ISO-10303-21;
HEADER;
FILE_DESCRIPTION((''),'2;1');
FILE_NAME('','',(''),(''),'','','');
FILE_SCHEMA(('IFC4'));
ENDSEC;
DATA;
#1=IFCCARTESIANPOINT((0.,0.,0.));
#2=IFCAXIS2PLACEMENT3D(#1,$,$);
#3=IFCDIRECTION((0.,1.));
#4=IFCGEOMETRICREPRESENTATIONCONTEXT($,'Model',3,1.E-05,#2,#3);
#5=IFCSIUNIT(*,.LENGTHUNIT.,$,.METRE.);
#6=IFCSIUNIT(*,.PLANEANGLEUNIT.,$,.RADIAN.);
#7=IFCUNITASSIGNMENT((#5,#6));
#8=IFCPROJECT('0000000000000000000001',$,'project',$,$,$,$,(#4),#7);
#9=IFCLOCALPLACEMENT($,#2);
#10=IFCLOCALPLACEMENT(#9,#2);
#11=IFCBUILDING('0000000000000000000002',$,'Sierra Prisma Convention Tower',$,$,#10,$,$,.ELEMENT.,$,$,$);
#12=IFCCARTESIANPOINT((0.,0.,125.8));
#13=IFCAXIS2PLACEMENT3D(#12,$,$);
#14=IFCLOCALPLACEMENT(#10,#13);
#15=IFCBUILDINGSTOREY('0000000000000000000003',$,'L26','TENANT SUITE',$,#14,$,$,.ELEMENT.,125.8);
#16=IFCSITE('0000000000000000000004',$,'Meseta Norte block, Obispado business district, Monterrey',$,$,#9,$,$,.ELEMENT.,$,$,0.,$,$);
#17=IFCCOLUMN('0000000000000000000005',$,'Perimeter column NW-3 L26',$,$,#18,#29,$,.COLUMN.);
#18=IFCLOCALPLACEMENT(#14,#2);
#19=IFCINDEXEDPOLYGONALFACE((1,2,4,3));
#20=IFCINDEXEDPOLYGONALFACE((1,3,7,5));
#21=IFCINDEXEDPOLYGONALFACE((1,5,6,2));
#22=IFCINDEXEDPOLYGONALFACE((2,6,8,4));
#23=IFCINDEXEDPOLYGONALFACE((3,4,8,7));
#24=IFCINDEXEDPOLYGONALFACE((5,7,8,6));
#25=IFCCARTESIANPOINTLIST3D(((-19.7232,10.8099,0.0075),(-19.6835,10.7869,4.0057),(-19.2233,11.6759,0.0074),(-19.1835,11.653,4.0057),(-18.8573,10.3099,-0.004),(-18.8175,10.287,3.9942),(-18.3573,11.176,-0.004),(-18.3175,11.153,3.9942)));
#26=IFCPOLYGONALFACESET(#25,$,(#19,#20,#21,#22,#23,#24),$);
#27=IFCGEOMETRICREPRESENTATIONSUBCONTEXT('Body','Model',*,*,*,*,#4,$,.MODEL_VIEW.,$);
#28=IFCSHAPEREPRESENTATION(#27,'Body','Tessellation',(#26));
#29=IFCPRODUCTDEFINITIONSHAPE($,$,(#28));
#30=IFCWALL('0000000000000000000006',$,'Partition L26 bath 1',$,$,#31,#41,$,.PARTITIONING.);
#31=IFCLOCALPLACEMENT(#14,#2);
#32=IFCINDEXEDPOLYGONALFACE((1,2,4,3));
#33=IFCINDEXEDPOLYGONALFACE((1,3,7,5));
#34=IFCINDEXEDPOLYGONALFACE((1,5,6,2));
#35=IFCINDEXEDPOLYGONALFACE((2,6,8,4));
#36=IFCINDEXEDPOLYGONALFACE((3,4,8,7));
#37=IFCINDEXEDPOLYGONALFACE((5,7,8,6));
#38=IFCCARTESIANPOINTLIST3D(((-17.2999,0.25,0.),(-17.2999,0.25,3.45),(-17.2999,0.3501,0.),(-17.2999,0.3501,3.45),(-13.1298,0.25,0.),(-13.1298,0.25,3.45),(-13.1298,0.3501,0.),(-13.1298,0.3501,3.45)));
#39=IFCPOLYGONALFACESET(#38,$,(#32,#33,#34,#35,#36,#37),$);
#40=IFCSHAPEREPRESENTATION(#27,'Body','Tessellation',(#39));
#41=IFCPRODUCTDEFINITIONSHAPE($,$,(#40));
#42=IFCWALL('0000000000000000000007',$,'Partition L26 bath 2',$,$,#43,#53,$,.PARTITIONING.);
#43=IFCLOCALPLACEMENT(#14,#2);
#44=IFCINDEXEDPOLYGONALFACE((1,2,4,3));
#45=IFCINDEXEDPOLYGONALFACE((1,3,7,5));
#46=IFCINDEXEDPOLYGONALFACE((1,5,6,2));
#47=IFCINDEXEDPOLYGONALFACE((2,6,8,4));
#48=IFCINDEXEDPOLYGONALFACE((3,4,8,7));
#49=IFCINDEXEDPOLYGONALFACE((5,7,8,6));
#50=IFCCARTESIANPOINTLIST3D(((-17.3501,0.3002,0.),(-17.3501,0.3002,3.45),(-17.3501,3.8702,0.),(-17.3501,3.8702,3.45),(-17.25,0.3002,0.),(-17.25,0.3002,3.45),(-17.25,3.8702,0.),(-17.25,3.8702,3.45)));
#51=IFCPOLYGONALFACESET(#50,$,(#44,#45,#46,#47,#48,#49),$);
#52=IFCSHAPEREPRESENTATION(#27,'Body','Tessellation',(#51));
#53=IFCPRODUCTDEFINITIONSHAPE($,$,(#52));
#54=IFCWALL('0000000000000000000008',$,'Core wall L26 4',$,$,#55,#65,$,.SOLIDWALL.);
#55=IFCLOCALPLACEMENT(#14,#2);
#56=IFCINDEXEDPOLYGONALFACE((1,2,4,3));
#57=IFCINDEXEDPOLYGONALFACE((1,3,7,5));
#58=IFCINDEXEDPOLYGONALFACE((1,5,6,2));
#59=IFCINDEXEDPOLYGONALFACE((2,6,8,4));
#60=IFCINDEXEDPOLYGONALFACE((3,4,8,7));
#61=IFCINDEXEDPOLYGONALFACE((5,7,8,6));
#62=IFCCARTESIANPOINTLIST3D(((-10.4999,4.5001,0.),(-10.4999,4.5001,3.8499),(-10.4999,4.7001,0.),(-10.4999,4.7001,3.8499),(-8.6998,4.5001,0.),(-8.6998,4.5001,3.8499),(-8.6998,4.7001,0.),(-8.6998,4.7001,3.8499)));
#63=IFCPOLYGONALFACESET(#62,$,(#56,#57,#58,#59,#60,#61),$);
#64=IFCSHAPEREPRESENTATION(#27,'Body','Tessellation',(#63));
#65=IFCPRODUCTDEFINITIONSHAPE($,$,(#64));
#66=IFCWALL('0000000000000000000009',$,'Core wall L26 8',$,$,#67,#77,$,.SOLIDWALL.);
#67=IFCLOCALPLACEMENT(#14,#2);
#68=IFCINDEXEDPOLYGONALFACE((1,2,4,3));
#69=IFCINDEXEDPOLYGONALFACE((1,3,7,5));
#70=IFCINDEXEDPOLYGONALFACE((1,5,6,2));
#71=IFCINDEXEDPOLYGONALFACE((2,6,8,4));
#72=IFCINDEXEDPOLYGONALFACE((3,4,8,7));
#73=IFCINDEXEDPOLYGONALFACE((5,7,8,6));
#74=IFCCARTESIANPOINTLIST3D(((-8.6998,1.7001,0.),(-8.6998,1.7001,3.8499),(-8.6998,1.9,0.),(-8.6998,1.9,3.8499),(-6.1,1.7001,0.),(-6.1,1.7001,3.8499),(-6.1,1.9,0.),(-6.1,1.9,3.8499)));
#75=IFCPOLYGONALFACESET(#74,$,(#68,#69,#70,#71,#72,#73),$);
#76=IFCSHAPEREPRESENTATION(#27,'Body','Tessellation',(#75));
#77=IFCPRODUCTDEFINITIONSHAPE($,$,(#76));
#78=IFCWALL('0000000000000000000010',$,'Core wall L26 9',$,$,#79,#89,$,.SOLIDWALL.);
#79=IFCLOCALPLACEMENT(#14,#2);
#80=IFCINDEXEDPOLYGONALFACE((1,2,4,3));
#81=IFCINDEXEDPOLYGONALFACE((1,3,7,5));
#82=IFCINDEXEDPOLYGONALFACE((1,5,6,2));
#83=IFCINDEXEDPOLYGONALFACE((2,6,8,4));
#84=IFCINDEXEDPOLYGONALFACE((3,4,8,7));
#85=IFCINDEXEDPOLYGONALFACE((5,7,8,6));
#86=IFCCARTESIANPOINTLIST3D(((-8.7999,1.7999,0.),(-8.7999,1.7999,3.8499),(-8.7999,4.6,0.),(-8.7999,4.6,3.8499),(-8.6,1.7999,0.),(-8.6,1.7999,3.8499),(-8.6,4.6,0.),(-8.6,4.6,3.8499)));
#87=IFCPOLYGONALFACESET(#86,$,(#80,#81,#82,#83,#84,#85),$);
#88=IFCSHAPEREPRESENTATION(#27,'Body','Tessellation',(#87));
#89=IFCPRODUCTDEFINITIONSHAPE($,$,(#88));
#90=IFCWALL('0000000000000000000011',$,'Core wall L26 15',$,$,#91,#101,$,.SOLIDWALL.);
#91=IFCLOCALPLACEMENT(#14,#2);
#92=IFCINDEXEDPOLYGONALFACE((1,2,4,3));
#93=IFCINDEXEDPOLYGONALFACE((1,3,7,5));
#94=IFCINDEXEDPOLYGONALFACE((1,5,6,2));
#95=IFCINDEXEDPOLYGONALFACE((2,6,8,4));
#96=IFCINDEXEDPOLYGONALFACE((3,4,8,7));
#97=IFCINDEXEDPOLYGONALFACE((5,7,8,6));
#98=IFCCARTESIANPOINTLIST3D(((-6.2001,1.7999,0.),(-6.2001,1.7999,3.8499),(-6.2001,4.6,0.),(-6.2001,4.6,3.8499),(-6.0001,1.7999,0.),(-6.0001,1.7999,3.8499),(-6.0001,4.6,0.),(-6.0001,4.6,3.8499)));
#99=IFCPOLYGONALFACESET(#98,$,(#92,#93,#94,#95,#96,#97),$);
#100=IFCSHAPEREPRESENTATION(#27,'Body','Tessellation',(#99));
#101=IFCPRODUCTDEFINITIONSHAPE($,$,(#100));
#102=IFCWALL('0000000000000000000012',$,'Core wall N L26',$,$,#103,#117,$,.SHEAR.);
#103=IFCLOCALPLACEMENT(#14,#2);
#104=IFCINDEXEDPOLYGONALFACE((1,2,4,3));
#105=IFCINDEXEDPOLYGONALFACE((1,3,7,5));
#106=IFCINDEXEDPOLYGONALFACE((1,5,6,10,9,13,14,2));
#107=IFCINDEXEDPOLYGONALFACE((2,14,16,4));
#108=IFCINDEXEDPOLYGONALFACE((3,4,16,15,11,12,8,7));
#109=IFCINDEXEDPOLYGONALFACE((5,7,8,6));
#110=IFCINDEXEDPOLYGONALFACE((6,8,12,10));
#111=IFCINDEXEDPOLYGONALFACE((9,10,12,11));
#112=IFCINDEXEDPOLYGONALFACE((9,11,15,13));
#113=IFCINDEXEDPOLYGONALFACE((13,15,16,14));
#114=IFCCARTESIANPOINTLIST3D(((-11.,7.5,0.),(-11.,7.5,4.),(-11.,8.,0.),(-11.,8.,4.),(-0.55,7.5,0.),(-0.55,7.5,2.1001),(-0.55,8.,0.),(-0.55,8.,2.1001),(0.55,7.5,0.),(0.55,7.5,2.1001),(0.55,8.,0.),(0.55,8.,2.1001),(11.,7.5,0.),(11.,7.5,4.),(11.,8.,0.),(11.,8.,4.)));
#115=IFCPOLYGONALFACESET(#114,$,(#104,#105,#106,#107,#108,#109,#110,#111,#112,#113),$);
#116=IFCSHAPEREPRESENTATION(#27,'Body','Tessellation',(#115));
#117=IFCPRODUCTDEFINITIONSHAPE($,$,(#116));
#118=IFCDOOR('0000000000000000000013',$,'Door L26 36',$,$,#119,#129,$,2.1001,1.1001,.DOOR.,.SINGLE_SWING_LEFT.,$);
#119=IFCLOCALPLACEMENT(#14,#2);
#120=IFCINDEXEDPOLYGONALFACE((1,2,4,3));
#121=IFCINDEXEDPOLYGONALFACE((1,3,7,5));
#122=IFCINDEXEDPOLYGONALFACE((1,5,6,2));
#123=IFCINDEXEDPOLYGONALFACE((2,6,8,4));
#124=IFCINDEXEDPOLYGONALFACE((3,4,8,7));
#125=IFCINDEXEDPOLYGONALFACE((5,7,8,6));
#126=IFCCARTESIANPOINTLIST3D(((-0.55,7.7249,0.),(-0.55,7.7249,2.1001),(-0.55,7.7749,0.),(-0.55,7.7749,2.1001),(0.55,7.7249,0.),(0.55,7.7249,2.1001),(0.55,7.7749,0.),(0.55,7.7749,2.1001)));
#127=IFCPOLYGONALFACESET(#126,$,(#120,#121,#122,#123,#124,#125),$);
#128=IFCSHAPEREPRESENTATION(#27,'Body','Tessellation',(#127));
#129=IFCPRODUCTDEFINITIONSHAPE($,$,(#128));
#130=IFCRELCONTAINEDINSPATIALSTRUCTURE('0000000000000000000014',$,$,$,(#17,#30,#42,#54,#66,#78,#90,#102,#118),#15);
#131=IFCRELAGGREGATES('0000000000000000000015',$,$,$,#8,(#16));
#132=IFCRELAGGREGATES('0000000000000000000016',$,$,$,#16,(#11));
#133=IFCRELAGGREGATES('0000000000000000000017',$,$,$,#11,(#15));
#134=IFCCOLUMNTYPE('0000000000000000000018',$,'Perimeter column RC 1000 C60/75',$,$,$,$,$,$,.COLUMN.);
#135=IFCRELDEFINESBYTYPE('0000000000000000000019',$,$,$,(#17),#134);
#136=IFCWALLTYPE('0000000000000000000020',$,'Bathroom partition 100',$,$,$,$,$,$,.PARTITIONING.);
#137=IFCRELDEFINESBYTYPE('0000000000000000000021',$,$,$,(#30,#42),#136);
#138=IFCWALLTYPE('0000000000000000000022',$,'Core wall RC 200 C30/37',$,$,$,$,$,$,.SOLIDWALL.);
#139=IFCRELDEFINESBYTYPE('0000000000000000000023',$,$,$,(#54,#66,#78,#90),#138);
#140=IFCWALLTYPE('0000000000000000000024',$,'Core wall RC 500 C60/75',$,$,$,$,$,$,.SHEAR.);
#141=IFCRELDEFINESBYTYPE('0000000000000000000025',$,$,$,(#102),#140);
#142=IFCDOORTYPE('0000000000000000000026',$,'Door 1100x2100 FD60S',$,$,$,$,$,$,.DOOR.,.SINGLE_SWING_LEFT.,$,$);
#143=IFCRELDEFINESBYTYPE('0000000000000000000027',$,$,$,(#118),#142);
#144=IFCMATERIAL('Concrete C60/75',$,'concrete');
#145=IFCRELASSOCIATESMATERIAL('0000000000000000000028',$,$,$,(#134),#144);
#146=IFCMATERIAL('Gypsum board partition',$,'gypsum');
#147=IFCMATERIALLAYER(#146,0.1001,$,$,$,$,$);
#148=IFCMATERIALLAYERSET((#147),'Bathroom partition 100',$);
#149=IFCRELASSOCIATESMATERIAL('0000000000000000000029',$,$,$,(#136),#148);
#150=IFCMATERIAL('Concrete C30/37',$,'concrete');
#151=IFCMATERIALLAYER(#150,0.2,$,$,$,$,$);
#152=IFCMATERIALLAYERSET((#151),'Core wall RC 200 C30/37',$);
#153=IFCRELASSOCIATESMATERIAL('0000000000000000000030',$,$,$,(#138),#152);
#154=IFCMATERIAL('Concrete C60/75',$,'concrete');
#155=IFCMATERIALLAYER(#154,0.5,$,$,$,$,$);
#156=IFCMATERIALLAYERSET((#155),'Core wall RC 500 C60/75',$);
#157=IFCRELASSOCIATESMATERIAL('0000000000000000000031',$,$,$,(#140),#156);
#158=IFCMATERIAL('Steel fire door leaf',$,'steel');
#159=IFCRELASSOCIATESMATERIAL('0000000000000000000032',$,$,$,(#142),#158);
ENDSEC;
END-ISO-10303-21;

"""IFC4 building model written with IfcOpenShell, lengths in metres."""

from ifc_helpers import new_model, si_unit, direction, frame, frame_2d, origin, origin_2d, place, context, subcontext, project, spatial, rectangle, extrude, clip, halfspace, material, layer, layer_set, material_profile, profile_set, type_object, element, fill, save


model = new_model("IFC4")

# Units and contexts
model_context = context("Model", 3, precision=1e-05, world=origin(), true_north=direction((0.0, 1.0)))
body_context = subcontext(model_context, "Body", "Model", "MODEL_VIEW")
ifc_project = project(units=[si_unit("LENGTHUNIT", "METRE"), si_unit("PLANEANGLEUNIT", "RADIAN")], contexts=[model_context])

# Site, building, storey
site_placement = place(None, origin())
site = spatial("IfcSite", under=ifc_project, at=site_placement, Name="Meseta Norte block, Obispado business district, Monterrey", CompositionType="ELEMENT", RefElevation=0.0)
building_placement = place(site_placement, origin())
building = spatial("IfcBuilding", under=site, at=building_placement, Name="Sierra Prisma Convention Tower", CompositionType="ELEMENT")
storey_placement = place(building_placement, frame((0.0, 0.0, 125.8)))
storey = spatial("IfcBuildingStorey", under=building, at=storey_placement, Name="L26", Description="TENANT SUITE", CompositionType="ELEMENT", Elevation=125.8)

# Column
ifc_material_1 = material(Name="Concrete C60/75", Category="concrete")
ifc_material_profile = material_profile(ifc_material_1, rectangle(XDim=1.0, YDim=1.0, at=origin_2d()), Name="Perimeter column RC 1000 C60/75")
ifc_profile_set = profile_set([ifc_material_profile], Name="Concrete C60/75")
column_type = type_object("IfcColumnType", Name="Perimeter column RC 1000 C60/75", PredefinedType="COLUMN", material=ifc_profile_set)
column_placement = place(storey_placement, frame((-19.0403, 10.9929, 0.0), z_axis=(0.009948, -0.005737, 0.999934), x_axis=(0.499975, 0.86604, -0.000005)))
element("IfcColumn", 1, at=column_placement, inside=storey, type_object=column_type, Name="Perimeter column NW-3 L26", PredefinedType="COLUMN", context=body_context, shape_type="SweptSolid", body=[
    clip(extrude(rectangle(XDim=1.0, YDim=1.0, at=origin_2d()), origin(), (0.0, 0.0, 1.0), 4.0002), halfspace(frame((0.0, 0.0, 0.0017)), True)),
])

# Walls
ifc_material_2 = material(Name="Gypsum board partition", Category="gypsum")
ifc_layer_1 = layer(ifc_material_2, 0.1001)
ifc_layer_set_1 = layer_set([ifc_layer_1], Name="Bathroom partition 100")
wall_type_1 = type_object("IfcWallType", Name="Bathroom partition 100", PredefinedType="PARTITIONING", material=ifc_layer_set_1)
wall_1_placement = place(storey_placement, frame((-13.1299, 0.3, 0.0), z_axis=(0.0, 0.0, 1.0), x_axis=(-1.0, 0.0, 0.0)))
element("IfcWall", 2, at=wall_1_placement, inside=storey, type_object=wall_type_1, Name="Partition L26 bath 1", PredefinedType="PARTITIONING", context=body_context, shape_type="SweptSolid", body=[
    extrude(rectangle(XDim=4.1702, YDim=0.1001, at=frame_2d((2.085, 0.0))), origin(), (0.0, 0.0, 1.0), 3.45),
])
wall_2_placement = place(storey_placement, frame((-17.3, 0.3, 0.0), z_axis=(0.0, 0.0, 1.0), x_axis=(0.0, 1.0, 0.0)))
element("IfcWall", 3, at=wall_2_placement, inside=storey, type_object=wall_type_1, Name="Partition L26 bath 2", PredefinedType="PARTITIONING", context=body_context, shape_type="SweptSolid", body=[
    extrude(rectangle(XDim=3.5701, YDim=0.1001, at=frame_2d((1.7852, 0.0))), origin(), (0.0, 0.0, 1.0), 3.45),
])

# Shared definitions
ifc_material_3 = material(Name="Concrete C30/37", Category="concrete")
ifc_layer_2 = layer(ifc_material_3, 0.2)
ifc_layer_set_2 = layer_set([ifc_layer_2], Name="Core wall RC 200 C30/37")
wall_type_2 = type_object("IfcWallType", Name="Core wall RC 200 C30/37", PredefinedType="SOLIDWALL", material=ifc_layer_set_2)

# Walls
wall_3_placement = place(storey_placement, frame((-8.7, 4.6001, 0.0), z_axis=(0.0, 0.0, 1.0), x_axis=(-1.0, 0.0, 0.0)))
element("IfcWall", 4, at=wall_3_placement, inside=storey, type_object=wall_type_2, Name="Core wall L26 4", PredefinedType="SOLIDWALL", context=body_context, shape_type="SweptSolid", body=[
    extrude(rectangle(XDim=1.8, YDim=0.2, at=frame_2d((0.8999, 0.0))), origin(), (0.0, 0.0, 1.0), 3.8499),
])
wall_4_placement = place(storey_placement, frame((-6.1001, 1.8, 0.0), z_axis=(0.0, 0.0, 1.0), x_axis=(-1.0, 0.0, 0.0)))
element("IfcWall", 5, at=wall_4_placement, inside=storey, type_object=wall_type_2, Name="Core wall L26 8", PredefinedType="SOLIDWALL", context=body_context, shape_type="SweptSolid", body=[
    extrude(rectangle(XDim=2.5999, YDim=0.2, at=frame_2d((1.2998, 0.0))), origin(), (0.0, 0.0, 1.0), 3.8499),
])
for number, where, z_axis, x_axis, name in (
    (6, (-8.7, 1.8, 0.0), (0.0, 0.0, 1.0), (0.0, 1.0, 0.0), "Core wall L26 9"),
    (7, (-6.1001, 1.8, 0.0), (0.0, 0.0, 1.0), (0.0, 1.0, 0.0), "Core wall L26 15"),
):
    element("IfcWall", number, at=place(storey_placement, frame(where, z_axis=z_axis, x_axis=x_axis)), inside=storey, type_object=wall_type_2, Name=name, PredefinedType="SOLIDWALL", context=body_context, shape_type="SweptSolid", body=[
        extrude(rectangle(XDim=2.8, YDim=0.2, at=frame_2d((1.3999, 0.0))), origin(), (0.0, 0.0, 1.0), 3.8499),
    ])

# Wall, opening, door
ifc_material_4 = material(Name="Concrete C60/75", Category="concrete")
ifc_layer_3 = layer(ifc_material_4, 0.5)
ifc_layer_set_3 = layer_set([ifc_layer_3], Name="Core wall RC 500 C60/75")
wall_type_3 = type_object("IfcWallType", Name="Core wall RC 500 C60/75", PredefinedType="SHEAR", material=ifc_layer_set_3)
wall_5_placement = place(storey_placement, frame((-11.0, 7.75, 0.0), z_axis=(0.0, 0.0, 1.0), x_axis=(1.0, 0.0, 0.0)))
wall_5 = element("IfcWall", 8, at=wall_5_placement, inside=storey, type_object=wall_type_3, Name="Core wall N L26", PredefinedType="SHEAR", context=body_context, shape_type="SweptSolid", body=[
    extrude(rectangle(XDim=22.0, YDim=0.5, at=frame_2d((11.0, 0.0))), origin(), (0.0, 0.0, 1.0), 4.0),
])
opening_1_placement = place(wall_5_placement, frame((10.45, 0.0, 0.0)))
opening_1 = element("IfcOpeningElement", 9, at=opening_1_placement, cuts=wall_5, PredefinedType="OPENING", context=body_context, shape_type="SweptSolid", body=[
    extrude(rectangle(XDim=1.1001, YDim=2.1001, at=frame_2d((0.55, 1.05))), frame((0.0, 0.25, 0.0), z_axis=(0.0, -1.0, 0.0), x_axis=(1.0, 0.0, 0.0)), (0.0, 0.0, 1.0), 0.5),
])
ifc_material_5 = material(Name="Steel fire door leaf", Category="steel")
door_type_1 = type_object("IfcDoorType", Name="Door 1100x2100 FD60S", OperationType="SINGLE_SWING_LEFT", PredefinedType="DOOR", material=ifc_material_5)
door_1_placement = place(opening_1_placement, origin())
door_1 = element("IfcDoor", 10, at=door_1_placement, inside=storey, type_object=door_type_1, Name="Door L26 36", OperationType="SINGLE_SWING_LEFT", OverallHeight=2.1001, OverallWidth=1.1001, PredefinedType="DOOR", context=body_context, shape_type="SweptSolid", body=[
    extrude(rectangle(XDim=1.1001, YDim=2.1001, at=frame_2d((0.55, 1.05))), frame((0.0, 0.0249, 0.0), z_axis=(0.0, -1.0, 0.0), x_axis=(1.0, 0.0, 0.0)), (0.0, 0.0, 1.0), 0.05),
])
fill(opening_1, door_1)

save(model, "model.ifc")
